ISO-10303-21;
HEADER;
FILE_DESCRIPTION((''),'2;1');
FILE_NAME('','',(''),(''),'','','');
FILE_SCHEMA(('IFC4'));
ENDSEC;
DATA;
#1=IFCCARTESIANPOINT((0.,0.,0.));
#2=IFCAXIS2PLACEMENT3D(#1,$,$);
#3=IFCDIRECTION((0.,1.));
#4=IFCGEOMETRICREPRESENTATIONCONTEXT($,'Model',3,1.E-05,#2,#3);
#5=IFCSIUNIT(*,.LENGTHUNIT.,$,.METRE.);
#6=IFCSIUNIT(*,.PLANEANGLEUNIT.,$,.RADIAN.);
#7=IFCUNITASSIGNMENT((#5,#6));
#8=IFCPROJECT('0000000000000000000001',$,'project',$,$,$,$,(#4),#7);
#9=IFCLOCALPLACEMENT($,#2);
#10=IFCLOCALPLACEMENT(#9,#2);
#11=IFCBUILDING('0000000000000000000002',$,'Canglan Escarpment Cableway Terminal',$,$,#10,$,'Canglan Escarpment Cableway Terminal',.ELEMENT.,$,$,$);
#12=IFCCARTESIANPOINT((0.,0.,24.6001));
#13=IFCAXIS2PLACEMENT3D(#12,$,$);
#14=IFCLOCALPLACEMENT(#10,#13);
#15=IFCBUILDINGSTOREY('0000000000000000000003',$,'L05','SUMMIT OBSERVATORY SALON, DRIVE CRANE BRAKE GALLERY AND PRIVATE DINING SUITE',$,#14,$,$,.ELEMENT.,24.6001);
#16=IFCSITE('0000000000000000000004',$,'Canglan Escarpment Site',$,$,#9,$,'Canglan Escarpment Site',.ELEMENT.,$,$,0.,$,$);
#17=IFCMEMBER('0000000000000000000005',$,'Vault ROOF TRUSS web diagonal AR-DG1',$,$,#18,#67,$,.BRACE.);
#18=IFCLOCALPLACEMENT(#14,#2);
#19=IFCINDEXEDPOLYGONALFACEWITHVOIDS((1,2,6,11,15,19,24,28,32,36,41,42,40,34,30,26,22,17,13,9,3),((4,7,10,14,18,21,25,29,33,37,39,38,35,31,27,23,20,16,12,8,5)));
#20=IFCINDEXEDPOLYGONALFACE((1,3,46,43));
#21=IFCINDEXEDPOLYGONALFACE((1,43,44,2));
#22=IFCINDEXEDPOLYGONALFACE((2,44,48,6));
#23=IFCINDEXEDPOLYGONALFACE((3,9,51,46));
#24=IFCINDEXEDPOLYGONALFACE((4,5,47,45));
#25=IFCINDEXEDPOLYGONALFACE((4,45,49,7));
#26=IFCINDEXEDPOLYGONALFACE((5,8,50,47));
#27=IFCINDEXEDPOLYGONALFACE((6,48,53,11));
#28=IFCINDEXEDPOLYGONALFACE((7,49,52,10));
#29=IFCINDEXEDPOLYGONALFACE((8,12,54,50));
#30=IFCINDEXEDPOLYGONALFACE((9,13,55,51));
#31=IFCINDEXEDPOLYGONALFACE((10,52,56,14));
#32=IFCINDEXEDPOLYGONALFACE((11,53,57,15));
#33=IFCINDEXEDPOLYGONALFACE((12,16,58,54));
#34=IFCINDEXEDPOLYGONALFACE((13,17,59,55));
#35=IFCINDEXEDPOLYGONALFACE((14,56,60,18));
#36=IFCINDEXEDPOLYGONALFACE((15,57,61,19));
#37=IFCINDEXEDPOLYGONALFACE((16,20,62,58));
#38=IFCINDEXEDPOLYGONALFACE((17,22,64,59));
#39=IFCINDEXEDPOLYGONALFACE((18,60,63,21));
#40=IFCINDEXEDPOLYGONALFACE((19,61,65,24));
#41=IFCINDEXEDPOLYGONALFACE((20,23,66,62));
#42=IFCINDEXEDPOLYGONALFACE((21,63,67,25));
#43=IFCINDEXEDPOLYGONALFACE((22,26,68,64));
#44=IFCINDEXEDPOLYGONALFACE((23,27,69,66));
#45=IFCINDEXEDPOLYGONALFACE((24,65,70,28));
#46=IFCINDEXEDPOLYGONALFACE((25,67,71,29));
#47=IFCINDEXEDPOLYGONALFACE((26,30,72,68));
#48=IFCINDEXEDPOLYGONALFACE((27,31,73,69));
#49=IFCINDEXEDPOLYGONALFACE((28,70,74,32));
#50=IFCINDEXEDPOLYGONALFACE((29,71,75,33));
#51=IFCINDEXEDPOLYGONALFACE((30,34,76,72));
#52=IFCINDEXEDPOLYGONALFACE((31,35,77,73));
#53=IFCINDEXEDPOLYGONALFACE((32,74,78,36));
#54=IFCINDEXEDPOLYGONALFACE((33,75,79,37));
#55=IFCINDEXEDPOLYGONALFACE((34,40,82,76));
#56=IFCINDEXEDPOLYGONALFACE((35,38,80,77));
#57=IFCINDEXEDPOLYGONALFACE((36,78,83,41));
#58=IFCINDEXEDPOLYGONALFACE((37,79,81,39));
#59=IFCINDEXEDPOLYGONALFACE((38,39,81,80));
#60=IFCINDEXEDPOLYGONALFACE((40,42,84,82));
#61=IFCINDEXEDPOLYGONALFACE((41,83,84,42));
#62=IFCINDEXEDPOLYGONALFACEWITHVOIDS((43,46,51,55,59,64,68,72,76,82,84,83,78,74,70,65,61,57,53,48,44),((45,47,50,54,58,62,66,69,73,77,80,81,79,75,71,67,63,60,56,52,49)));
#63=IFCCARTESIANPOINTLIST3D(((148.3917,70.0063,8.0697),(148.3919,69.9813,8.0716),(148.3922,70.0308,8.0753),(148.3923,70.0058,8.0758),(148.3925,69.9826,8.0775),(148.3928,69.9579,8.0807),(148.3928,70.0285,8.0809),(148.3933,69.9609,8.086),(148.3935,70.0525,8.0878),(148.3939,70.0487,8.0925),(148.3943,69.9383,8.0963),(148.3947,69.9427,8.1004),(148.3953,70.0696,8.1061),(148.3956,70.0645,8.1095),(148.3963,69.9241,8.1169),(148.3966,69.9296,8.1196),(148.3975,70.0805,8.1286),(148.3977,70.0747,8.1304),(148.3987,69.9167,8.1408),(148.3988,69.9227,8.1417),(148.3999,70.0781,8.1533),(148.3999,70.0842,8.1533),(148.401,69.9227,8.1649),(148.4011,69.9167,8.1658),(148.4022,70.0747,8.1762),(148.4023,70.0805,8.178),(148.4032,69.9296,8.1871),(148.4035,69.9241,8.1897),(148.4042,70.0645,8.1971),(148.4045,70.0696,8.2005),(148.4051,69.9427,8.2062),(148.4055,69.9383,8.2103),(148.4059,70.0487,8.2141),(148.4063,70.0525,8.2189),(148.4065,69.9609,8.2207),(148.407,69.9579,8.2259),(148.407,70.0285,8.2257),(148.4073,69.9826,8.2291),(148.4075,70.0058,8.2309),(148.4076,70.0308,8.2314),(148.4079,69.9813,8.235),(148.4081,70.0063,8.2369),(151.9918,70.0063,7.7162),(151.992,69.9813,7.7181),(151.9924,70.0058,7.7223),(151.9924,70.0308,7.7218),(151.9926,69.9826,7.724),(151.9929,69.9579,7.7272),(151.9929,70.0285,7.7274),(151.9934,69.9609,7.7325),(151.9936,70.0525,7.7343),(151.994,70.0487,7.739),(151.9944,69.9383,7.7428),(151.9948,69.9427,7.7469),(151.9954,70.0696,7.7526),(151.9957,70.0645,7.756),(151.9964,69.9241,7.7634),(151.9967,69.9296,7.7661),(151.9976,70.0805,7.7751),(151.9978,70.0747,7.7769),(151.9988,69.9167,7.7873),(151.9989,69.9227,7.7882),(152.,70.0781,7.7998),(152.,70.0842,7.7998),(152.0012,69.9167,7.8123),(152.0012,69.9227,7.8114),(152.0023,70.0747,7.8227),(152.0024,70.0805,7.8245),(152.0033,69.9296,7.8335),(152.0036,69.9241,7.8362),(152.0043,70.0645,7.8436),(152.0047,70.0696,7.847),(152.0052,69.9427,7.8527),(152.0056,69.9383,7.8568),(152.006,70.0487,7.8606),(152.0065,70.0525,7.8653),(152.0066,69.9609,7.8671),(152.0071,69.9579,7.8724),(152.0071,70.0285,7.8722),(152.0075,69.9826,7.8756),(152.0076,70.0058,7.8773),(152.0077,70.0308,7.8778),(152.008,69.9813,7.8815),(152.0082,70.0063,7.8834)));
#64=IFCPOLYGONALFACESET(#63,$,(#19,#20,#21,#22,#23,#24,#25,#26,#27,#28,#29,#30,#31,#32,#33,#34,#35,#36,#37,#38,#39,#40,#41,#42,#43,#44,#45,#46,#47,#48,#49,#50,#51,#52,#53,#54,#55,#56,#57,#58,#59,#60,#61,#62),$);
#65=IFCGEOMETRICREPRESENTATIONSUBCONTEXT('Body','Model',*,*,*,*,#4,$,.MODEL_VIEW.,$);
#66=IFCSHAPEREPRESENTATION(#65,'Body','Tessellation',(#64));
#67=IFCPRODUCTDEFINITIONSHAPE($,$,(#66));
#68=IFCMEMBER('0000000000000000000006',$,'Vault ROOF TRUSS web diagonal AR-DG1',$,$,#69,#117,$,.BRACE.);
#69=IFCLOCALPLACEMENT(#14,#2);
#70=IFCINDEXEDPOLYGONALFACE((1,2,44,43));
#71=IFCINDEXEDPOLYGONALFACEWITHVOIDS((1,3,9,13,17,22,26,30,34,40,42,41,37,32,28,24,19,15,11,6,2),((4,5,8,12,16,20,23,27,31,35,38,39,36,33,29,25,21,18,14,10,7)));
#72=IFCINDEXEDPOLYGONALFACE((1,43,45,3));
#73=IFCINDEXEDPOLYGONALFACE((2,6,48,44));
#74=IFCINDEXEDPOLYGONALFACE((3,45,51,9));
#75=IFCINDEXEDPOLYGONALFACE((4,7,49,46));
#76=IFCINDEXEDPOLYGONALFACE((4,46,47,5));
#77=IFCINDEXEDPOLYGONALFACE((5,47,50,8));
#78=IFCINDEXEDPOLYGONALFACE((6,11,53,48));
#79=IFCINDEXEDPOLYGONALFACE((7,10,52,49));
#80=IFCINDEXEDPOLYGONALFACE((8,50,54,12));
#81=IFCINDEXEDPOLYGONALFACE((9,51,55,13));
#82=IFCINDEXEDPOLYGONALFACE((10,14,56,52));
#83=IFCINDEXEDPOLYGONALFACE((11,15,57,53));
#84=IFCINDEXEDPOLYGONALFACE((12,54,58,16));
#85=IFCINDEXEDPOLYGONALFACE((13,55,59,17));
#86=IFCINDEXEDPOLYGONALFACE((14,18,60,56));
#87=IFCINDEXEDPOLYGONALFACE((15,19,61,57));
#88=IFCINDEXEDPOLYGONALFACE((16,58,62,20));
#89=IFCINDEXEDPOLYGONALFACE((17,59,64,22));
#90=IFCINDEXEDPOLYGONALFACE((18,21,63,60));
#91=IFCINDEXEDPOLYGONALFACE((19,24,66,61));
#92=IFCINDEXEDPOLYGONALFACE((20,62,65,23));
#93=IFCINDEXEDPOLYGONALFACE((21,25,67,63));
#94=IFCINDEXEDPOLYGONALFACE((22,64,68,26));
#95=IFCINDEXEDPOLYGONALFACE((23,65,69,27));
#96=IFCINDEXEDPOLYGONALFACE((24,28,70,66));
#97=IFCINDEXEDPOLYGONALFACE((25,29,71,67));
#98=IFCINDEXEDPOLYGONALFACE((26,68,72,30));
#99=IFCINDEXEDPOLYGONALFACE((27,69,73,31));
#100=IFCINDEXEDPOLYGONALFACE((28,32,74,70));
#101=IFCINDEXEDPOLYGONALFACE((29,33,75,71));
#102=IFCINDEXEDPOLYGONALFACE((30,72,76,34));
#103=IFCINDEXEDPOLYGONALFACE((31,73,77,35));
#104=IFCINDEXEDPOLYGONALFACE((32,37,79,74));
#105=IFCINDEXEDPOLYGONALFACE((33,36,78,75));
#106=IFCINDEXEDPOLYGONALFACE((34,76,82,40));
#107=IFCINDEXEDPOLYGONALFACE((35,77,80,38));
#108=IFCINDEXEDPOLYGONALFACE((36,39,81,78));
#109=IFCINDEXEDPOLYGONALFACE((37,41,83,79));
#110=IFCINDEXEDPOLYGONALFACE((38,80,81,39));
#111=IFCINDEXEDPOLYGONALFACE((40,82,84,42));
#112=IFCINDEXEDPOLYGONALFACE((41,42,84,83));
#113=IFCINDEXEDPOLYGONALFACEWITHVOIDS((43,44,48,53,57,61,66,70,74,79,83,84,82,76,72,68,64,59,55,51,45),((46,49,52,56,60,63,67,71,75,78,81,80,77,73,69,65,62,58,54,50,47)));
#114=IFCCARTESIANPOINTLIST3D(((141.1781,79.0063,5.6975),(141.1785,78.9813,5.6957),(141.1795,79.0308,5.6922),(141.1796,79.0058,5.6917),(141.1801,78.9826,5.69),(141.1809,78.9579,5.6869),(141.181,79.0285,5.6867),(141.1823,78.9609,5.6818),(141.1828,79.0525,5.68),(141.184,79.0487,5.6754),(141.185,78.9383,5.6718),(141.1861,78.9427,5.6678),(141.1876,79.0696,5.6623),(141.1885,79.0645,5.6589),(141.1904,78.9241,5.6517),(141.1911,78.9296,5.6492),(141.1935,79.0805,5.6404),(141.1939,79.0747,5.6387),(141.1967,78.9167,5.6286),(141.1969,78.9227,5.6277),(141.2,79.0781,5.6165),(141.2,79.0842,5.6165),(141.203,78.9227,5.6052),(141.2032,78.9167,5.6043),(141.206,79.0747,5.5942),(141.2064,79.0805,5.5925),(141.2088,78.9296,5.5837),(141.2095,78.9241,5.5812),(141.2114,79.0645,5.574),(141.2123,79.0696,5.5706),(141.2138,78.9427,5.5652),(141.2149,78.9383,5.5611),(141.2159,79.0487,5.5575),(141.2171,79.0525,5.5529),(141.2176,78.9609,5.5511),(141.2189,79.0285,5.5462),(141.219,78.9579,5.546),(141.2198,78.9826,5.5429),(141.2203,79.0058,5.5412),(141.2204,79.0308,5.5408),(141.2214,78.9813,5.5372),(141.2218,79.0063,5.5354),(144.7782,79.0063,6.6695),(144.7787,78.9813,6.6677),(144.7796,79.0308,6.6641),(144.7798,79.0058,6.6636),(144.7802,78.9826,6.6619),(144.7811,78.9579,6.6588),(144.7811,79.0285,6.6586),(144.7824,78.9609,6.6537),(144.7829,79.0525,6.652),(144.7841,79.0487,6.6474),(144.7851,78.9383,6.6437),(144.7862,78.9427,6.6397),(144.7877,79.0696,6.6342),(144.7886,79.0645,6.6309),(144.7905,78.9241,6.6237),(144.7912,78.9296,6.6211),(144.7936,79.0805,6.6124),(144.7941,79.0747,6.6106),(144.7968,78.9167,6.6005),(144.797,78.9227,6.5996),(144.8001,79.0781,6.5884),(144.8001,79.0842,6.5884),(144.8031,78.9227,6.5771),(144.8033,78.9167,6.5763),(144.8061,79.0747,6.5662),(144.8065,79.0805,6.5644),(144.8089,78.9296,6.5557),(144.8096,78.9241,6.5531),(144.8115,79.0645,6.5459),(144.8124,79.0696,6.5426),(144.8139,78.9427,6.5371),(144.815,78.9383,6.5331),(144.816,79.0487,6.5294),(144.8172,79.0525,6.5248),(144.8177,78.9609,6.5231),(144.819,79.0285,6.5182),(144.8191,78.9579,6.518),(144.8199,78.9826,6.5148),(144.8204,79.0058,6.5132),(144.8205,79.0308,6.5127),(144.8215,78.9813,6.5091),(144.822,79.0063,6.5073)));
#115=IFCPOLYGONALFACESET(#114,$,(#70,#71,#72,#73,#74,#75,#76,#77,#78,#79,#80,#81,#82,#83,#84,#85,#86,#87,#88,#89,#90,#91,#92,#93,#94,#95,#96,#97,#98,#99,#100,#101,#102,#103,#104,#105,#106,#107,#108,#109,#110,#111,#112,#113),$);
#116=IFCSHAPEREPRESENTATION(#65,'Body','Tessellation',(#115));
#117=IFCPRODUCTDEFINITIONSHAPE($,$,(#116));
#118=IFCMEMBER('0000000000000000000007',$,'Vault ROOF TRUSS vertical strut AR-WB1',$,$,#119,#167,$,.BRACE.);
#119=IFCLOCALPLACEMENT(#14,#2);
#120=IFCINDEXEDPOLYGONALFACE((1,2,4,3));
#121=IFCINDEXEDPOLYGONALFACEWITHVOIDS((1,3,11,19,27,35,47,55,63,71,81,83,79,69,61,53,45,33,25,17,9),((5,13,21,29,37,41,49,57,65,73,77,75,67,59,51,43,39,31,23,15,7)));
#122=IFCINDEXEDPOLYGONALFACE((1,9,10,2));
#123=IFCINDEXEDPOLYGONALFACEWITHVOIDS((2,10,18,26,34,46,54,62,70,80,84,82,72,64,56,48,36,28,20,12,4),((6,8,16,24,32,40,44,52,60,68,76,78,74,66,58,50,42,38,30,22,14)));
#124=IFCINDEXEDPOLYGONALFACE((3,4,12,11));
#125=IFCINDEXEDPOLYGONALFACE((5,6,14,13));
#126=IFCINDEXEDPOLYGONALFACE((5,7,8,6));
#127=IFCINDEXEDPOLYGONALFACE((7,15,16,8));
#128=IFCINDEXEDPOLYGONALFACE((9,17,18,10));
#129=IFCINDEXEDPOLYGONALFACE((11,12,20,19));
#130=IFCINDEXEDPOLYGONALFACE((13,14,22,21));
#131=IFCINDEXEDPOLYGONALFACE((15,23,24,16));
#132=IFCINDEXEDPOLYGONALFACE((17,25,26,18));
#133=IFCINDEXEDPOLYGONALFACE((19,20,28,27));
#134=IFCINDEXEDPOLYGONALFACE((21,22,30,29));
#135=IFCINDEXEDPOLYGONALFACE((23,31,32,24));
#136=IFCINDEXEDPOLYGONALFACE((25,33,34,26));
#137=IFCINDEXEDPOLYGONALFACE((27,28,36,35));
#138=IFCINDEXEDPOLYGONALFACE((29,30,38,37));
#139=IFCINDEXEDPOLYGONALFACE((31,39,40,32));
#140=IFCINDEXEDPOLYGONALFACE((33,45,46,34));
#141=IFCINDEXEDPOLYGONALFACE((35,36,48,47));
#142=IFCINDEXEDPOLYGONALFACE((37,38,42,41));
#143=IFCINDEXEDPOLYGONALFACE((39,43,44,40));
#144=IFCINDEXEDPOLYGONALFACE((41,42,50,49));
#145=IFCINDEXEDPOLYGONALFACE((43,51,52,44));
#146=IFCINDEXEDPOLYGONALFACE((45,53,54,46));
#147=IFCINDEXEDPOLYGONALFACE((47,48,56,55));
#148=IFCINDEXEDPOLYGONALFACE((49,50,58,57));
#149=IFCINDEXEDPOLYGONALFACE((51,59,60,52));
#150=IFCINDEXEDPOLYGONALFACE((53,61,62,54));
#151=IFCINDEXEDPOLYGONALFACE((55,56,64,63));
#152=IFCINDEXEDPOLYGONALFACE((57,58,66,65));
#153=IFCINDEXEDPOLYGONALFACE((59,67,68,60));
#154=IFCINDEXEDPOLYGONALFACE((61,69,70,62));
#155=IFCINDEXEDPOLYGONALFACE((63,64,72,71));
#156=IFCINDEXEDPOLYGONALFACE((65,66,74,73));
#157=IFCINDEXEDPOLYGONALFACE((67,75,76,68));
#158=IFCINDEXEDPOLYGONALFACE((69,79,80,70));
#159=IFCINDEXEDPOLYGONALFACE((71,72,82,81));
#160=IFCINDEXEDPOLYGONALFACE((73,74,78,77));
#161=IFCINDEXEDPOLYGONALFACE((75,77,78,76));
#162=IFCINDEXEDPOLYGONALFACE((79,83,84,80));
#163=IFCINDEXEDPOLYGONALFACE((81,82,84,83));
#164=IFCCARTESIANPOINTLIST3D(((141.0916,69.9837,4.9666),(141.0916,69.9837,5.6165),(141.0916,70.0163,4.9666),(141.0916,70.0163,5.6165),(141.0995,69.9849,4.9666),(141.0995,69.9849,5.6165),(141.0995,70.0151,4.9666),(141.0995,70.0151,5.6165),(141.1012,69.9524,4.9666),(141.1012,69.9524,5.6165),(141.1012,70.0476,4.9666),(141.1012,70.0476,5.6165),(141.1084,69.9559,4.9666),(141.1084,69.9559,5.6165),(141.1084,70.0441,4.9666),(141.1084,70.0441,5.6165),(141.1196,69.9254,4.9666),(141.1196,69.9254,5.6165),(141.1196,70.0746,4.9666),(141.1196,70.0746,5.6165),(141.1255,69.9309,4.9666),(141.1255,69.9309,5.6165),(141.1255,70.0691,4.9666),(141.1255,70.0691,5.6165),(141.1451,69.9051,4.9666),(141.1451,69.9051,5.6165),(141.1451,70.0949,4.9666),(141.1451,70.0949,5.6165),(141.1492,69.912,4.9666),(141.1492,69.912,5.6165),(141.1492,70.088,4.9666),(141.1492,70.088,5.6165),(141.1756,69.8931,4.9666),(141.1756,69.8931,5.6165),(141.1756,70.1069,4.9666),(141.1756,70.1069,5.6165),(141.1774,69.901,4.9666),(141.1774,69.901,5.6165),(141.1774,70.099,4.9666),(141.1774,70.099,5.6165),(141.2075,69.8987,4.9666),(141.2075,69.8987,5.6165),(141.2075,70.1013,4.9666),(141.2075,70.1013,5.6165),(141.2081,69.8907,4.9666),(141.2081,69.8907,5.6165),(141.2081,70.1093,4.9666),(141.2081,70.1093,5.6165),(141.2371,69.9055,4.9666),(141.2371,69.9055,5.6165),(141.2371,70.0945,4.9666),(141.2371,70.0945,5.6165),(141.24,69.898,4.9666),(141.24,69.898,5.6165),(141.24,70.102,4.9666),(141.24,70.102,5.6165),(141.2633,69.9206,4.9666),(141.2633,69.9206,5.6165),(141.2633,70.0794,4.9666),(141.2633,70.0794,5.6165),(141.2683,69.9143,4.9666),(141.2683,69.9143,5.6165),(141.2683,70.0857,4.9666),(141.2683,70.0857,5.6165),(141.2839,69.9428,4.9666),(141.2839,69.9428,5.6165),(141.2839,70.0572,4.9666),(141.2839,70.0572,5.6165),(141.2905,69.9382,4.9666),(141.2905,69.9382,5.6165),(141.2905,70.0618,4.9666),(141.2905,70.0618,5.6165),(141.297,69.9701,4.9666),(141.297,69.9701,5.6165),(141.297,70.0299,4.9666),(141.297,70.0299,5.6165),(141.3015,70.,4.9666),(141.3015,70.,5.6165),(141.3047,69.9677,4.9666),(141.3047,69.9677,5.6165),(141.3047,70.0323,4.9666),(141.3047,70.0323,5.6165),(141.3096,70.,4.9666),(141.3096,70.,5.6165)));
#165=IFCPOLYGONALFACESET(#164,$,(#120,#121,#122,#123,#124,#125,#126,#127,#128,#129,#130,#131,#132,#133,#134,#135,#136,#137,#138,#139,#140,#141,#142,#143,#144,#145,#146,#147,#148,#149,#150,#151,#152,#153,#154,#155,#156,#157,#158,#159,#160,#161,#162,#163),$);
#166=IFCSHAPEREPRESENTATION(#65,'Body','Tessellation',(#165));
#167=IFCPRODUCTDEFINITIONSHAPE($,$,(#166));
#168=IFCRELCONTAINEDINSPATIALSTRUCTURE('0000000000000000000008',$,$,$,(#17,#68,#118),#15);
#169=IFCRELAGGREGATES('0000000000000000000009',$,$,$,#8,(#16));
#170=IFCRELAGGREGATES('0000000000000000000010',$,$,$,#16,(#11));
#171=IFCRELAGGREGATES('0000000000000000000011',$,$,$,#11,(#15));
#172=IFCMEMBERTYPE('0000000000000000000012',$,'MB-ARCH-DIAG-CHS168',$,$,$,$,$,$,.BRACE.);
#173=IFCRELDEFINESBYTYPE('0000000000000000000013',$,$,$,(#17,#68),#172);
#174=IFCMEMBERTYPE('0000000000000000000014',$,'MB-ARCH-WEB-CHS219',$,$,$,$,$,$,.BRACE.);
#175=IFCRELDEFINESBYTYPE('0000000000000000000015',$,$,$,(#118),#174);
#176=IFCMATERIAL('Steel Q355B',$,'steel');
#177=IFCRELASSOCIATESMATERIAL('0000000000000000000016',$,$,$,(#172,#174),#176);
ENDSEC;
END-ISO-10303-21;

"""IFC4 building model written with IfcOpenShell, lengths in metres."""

from ifc_helpers import new_model, si_unit, direction, frame, origin, origin_2d, place, context, subcontext, project, spatial, hollow_circle, extrude, material, material_profile, profile_set, type_object, element, save


model = new_model("IFC4")

# Units and contexts
model_context = context("Model", 3, precision=1e-05, world=origin(), true_north=direction((0.0, 1.0)))
body_context = subcontext(model_context, "Body", "Model", "MODEL_VIEW")
ifc_project = project(units=[si_unit("LENGTHUNIT", "METRE"), si_unit("PLANEANGLEUNIT", "RADIAN")], contexts=[model_context])

# Site, building, storey
site_placement = place(None, origin())
site = spatial("IfcSite", under=ifc_project, at=site_placement, Name="Canglan Escarpment Site", LongName="Canglan Escarpment Site", CompositionType="ELEMENT", RefElevation=0.0)
building_placement = place(site_placement, origin())
building = spatial("IfcBuilding", under=site, at=building_placement, Name="Canglan Escarpment Cableway Terminal", LongName="Canglan Escarpment Cableway Terminal", CompositionType="ELEMENT")
storey_placement = place(building_placement, frame((0.0, 0.0, 24.6001)))
storey = spatial("IfcBuildingStorey", under=building, at=storey_placement, Name="L05", Description="SUMMIT OBSERVATORY SALON, DRIVE CRANE BRAKE GALLERY AND PRIVATE DINING SUITE", CompositionType="ELEMENT", Elevation=24.6001)

# Shared definitions
ifc_material_1 = material(Name="Steel Q355B", Category="steel")

# Members
ifc_material_profile_1 = material_profile(ifc_material_1, hollow_circle(Radius=0.0842, WallThickness=0.0061, at=origin_2d()), Name="CHS 168.3x6")
ifc_profile_set_1 = profile_set([ifc_material_profile_1], Name="Steel Q355B")
member_type_1 = type_object("IfcMemberType", Name="MB-ARCH-DIAG-CHS168", PredefinedType="BRACE", material=ifc_profile_set_1)
member_1_placement = place(storey_placement, frame((148.3999, 70.0, 8.1533), z_axis=(0.995213, 0.0, -0.097726), x_axis=(0.0, 1.0, 0.0)))
element("IfcMember", 1, at=member_1_placement, inside=storey, type_object=member_type_1, Name="Vault ROOF TRUSS web diagonal AR-DG1", PredefinedType="BRACE", context=body_context, shape_type="SweptSolid", body=[
    extrude(hollow_circle(Radius=0.0842, WallThickness=0.0061, at=origin_2d()), origin(), (0.0, 0.0, 1.0), 3.6174),
])
member_2_placement = place(storey_placement, frame((141.2, 79.0, 5.6165), z_axis=(0.965436, 0.0, 0.26064), x_axis=(0.0, 1.0, 0.0)))
element("IfcMember", 2, at=member_2_placement, inside=storey, type_object=member_type_1, Name="Vault ROOF TRUSS web diagonal AR-DG1", PredefinedType="BRACE", context=body_context, shape_type="SweptSolid", body=[
    extrude(hollow_circle(Radius=0.0842, WallThickness=0.0061, at=origin_2d()), origin(), (0.0, 0.0, 1.0), 3.729),
])
ifc_material_profile_2 = material_profile(ifc_material_1, hollow_circle(Radius=0.1096, WallThickness=0.0081, at=origin_2d()), Name="CHS 219.1x8")
ifc_profile_set_2 = profile_set([ifc_material_profile_2], Name="Steel Q355B")
member_type_2 = type_object("IfcMemberType", Name="MB-ARCH-WEB-CHS219", PredefinedType="BRACE", material=ifc_profile_set_2)
for number, where, z_axis, x_axis, name in (
    (3, (141.2, 70.0, 4.9666), (0.0, 0.0, 1.0), (1.0, 0.0, 0.0), "Vault ROOF TRUSS vertical strut AR-WB1"),
):
    element("IfcMember", number, at=place(storey_placement, frame(where, z_axis=z_axis, x_axis=x_axis)), inside=storey, type_object=member_type_2, Name=name, PredefinedType="BRACE", context=body_context, shape_type="SweptSolid", body=[
        extrude(hollow_circle(Radius=0.1096, WallThickness=0.0081, at=origin_2d()), origin(), (0.0, 0.0, 1.0), 0.6499),
    ])

save(model, "model.ifc")
